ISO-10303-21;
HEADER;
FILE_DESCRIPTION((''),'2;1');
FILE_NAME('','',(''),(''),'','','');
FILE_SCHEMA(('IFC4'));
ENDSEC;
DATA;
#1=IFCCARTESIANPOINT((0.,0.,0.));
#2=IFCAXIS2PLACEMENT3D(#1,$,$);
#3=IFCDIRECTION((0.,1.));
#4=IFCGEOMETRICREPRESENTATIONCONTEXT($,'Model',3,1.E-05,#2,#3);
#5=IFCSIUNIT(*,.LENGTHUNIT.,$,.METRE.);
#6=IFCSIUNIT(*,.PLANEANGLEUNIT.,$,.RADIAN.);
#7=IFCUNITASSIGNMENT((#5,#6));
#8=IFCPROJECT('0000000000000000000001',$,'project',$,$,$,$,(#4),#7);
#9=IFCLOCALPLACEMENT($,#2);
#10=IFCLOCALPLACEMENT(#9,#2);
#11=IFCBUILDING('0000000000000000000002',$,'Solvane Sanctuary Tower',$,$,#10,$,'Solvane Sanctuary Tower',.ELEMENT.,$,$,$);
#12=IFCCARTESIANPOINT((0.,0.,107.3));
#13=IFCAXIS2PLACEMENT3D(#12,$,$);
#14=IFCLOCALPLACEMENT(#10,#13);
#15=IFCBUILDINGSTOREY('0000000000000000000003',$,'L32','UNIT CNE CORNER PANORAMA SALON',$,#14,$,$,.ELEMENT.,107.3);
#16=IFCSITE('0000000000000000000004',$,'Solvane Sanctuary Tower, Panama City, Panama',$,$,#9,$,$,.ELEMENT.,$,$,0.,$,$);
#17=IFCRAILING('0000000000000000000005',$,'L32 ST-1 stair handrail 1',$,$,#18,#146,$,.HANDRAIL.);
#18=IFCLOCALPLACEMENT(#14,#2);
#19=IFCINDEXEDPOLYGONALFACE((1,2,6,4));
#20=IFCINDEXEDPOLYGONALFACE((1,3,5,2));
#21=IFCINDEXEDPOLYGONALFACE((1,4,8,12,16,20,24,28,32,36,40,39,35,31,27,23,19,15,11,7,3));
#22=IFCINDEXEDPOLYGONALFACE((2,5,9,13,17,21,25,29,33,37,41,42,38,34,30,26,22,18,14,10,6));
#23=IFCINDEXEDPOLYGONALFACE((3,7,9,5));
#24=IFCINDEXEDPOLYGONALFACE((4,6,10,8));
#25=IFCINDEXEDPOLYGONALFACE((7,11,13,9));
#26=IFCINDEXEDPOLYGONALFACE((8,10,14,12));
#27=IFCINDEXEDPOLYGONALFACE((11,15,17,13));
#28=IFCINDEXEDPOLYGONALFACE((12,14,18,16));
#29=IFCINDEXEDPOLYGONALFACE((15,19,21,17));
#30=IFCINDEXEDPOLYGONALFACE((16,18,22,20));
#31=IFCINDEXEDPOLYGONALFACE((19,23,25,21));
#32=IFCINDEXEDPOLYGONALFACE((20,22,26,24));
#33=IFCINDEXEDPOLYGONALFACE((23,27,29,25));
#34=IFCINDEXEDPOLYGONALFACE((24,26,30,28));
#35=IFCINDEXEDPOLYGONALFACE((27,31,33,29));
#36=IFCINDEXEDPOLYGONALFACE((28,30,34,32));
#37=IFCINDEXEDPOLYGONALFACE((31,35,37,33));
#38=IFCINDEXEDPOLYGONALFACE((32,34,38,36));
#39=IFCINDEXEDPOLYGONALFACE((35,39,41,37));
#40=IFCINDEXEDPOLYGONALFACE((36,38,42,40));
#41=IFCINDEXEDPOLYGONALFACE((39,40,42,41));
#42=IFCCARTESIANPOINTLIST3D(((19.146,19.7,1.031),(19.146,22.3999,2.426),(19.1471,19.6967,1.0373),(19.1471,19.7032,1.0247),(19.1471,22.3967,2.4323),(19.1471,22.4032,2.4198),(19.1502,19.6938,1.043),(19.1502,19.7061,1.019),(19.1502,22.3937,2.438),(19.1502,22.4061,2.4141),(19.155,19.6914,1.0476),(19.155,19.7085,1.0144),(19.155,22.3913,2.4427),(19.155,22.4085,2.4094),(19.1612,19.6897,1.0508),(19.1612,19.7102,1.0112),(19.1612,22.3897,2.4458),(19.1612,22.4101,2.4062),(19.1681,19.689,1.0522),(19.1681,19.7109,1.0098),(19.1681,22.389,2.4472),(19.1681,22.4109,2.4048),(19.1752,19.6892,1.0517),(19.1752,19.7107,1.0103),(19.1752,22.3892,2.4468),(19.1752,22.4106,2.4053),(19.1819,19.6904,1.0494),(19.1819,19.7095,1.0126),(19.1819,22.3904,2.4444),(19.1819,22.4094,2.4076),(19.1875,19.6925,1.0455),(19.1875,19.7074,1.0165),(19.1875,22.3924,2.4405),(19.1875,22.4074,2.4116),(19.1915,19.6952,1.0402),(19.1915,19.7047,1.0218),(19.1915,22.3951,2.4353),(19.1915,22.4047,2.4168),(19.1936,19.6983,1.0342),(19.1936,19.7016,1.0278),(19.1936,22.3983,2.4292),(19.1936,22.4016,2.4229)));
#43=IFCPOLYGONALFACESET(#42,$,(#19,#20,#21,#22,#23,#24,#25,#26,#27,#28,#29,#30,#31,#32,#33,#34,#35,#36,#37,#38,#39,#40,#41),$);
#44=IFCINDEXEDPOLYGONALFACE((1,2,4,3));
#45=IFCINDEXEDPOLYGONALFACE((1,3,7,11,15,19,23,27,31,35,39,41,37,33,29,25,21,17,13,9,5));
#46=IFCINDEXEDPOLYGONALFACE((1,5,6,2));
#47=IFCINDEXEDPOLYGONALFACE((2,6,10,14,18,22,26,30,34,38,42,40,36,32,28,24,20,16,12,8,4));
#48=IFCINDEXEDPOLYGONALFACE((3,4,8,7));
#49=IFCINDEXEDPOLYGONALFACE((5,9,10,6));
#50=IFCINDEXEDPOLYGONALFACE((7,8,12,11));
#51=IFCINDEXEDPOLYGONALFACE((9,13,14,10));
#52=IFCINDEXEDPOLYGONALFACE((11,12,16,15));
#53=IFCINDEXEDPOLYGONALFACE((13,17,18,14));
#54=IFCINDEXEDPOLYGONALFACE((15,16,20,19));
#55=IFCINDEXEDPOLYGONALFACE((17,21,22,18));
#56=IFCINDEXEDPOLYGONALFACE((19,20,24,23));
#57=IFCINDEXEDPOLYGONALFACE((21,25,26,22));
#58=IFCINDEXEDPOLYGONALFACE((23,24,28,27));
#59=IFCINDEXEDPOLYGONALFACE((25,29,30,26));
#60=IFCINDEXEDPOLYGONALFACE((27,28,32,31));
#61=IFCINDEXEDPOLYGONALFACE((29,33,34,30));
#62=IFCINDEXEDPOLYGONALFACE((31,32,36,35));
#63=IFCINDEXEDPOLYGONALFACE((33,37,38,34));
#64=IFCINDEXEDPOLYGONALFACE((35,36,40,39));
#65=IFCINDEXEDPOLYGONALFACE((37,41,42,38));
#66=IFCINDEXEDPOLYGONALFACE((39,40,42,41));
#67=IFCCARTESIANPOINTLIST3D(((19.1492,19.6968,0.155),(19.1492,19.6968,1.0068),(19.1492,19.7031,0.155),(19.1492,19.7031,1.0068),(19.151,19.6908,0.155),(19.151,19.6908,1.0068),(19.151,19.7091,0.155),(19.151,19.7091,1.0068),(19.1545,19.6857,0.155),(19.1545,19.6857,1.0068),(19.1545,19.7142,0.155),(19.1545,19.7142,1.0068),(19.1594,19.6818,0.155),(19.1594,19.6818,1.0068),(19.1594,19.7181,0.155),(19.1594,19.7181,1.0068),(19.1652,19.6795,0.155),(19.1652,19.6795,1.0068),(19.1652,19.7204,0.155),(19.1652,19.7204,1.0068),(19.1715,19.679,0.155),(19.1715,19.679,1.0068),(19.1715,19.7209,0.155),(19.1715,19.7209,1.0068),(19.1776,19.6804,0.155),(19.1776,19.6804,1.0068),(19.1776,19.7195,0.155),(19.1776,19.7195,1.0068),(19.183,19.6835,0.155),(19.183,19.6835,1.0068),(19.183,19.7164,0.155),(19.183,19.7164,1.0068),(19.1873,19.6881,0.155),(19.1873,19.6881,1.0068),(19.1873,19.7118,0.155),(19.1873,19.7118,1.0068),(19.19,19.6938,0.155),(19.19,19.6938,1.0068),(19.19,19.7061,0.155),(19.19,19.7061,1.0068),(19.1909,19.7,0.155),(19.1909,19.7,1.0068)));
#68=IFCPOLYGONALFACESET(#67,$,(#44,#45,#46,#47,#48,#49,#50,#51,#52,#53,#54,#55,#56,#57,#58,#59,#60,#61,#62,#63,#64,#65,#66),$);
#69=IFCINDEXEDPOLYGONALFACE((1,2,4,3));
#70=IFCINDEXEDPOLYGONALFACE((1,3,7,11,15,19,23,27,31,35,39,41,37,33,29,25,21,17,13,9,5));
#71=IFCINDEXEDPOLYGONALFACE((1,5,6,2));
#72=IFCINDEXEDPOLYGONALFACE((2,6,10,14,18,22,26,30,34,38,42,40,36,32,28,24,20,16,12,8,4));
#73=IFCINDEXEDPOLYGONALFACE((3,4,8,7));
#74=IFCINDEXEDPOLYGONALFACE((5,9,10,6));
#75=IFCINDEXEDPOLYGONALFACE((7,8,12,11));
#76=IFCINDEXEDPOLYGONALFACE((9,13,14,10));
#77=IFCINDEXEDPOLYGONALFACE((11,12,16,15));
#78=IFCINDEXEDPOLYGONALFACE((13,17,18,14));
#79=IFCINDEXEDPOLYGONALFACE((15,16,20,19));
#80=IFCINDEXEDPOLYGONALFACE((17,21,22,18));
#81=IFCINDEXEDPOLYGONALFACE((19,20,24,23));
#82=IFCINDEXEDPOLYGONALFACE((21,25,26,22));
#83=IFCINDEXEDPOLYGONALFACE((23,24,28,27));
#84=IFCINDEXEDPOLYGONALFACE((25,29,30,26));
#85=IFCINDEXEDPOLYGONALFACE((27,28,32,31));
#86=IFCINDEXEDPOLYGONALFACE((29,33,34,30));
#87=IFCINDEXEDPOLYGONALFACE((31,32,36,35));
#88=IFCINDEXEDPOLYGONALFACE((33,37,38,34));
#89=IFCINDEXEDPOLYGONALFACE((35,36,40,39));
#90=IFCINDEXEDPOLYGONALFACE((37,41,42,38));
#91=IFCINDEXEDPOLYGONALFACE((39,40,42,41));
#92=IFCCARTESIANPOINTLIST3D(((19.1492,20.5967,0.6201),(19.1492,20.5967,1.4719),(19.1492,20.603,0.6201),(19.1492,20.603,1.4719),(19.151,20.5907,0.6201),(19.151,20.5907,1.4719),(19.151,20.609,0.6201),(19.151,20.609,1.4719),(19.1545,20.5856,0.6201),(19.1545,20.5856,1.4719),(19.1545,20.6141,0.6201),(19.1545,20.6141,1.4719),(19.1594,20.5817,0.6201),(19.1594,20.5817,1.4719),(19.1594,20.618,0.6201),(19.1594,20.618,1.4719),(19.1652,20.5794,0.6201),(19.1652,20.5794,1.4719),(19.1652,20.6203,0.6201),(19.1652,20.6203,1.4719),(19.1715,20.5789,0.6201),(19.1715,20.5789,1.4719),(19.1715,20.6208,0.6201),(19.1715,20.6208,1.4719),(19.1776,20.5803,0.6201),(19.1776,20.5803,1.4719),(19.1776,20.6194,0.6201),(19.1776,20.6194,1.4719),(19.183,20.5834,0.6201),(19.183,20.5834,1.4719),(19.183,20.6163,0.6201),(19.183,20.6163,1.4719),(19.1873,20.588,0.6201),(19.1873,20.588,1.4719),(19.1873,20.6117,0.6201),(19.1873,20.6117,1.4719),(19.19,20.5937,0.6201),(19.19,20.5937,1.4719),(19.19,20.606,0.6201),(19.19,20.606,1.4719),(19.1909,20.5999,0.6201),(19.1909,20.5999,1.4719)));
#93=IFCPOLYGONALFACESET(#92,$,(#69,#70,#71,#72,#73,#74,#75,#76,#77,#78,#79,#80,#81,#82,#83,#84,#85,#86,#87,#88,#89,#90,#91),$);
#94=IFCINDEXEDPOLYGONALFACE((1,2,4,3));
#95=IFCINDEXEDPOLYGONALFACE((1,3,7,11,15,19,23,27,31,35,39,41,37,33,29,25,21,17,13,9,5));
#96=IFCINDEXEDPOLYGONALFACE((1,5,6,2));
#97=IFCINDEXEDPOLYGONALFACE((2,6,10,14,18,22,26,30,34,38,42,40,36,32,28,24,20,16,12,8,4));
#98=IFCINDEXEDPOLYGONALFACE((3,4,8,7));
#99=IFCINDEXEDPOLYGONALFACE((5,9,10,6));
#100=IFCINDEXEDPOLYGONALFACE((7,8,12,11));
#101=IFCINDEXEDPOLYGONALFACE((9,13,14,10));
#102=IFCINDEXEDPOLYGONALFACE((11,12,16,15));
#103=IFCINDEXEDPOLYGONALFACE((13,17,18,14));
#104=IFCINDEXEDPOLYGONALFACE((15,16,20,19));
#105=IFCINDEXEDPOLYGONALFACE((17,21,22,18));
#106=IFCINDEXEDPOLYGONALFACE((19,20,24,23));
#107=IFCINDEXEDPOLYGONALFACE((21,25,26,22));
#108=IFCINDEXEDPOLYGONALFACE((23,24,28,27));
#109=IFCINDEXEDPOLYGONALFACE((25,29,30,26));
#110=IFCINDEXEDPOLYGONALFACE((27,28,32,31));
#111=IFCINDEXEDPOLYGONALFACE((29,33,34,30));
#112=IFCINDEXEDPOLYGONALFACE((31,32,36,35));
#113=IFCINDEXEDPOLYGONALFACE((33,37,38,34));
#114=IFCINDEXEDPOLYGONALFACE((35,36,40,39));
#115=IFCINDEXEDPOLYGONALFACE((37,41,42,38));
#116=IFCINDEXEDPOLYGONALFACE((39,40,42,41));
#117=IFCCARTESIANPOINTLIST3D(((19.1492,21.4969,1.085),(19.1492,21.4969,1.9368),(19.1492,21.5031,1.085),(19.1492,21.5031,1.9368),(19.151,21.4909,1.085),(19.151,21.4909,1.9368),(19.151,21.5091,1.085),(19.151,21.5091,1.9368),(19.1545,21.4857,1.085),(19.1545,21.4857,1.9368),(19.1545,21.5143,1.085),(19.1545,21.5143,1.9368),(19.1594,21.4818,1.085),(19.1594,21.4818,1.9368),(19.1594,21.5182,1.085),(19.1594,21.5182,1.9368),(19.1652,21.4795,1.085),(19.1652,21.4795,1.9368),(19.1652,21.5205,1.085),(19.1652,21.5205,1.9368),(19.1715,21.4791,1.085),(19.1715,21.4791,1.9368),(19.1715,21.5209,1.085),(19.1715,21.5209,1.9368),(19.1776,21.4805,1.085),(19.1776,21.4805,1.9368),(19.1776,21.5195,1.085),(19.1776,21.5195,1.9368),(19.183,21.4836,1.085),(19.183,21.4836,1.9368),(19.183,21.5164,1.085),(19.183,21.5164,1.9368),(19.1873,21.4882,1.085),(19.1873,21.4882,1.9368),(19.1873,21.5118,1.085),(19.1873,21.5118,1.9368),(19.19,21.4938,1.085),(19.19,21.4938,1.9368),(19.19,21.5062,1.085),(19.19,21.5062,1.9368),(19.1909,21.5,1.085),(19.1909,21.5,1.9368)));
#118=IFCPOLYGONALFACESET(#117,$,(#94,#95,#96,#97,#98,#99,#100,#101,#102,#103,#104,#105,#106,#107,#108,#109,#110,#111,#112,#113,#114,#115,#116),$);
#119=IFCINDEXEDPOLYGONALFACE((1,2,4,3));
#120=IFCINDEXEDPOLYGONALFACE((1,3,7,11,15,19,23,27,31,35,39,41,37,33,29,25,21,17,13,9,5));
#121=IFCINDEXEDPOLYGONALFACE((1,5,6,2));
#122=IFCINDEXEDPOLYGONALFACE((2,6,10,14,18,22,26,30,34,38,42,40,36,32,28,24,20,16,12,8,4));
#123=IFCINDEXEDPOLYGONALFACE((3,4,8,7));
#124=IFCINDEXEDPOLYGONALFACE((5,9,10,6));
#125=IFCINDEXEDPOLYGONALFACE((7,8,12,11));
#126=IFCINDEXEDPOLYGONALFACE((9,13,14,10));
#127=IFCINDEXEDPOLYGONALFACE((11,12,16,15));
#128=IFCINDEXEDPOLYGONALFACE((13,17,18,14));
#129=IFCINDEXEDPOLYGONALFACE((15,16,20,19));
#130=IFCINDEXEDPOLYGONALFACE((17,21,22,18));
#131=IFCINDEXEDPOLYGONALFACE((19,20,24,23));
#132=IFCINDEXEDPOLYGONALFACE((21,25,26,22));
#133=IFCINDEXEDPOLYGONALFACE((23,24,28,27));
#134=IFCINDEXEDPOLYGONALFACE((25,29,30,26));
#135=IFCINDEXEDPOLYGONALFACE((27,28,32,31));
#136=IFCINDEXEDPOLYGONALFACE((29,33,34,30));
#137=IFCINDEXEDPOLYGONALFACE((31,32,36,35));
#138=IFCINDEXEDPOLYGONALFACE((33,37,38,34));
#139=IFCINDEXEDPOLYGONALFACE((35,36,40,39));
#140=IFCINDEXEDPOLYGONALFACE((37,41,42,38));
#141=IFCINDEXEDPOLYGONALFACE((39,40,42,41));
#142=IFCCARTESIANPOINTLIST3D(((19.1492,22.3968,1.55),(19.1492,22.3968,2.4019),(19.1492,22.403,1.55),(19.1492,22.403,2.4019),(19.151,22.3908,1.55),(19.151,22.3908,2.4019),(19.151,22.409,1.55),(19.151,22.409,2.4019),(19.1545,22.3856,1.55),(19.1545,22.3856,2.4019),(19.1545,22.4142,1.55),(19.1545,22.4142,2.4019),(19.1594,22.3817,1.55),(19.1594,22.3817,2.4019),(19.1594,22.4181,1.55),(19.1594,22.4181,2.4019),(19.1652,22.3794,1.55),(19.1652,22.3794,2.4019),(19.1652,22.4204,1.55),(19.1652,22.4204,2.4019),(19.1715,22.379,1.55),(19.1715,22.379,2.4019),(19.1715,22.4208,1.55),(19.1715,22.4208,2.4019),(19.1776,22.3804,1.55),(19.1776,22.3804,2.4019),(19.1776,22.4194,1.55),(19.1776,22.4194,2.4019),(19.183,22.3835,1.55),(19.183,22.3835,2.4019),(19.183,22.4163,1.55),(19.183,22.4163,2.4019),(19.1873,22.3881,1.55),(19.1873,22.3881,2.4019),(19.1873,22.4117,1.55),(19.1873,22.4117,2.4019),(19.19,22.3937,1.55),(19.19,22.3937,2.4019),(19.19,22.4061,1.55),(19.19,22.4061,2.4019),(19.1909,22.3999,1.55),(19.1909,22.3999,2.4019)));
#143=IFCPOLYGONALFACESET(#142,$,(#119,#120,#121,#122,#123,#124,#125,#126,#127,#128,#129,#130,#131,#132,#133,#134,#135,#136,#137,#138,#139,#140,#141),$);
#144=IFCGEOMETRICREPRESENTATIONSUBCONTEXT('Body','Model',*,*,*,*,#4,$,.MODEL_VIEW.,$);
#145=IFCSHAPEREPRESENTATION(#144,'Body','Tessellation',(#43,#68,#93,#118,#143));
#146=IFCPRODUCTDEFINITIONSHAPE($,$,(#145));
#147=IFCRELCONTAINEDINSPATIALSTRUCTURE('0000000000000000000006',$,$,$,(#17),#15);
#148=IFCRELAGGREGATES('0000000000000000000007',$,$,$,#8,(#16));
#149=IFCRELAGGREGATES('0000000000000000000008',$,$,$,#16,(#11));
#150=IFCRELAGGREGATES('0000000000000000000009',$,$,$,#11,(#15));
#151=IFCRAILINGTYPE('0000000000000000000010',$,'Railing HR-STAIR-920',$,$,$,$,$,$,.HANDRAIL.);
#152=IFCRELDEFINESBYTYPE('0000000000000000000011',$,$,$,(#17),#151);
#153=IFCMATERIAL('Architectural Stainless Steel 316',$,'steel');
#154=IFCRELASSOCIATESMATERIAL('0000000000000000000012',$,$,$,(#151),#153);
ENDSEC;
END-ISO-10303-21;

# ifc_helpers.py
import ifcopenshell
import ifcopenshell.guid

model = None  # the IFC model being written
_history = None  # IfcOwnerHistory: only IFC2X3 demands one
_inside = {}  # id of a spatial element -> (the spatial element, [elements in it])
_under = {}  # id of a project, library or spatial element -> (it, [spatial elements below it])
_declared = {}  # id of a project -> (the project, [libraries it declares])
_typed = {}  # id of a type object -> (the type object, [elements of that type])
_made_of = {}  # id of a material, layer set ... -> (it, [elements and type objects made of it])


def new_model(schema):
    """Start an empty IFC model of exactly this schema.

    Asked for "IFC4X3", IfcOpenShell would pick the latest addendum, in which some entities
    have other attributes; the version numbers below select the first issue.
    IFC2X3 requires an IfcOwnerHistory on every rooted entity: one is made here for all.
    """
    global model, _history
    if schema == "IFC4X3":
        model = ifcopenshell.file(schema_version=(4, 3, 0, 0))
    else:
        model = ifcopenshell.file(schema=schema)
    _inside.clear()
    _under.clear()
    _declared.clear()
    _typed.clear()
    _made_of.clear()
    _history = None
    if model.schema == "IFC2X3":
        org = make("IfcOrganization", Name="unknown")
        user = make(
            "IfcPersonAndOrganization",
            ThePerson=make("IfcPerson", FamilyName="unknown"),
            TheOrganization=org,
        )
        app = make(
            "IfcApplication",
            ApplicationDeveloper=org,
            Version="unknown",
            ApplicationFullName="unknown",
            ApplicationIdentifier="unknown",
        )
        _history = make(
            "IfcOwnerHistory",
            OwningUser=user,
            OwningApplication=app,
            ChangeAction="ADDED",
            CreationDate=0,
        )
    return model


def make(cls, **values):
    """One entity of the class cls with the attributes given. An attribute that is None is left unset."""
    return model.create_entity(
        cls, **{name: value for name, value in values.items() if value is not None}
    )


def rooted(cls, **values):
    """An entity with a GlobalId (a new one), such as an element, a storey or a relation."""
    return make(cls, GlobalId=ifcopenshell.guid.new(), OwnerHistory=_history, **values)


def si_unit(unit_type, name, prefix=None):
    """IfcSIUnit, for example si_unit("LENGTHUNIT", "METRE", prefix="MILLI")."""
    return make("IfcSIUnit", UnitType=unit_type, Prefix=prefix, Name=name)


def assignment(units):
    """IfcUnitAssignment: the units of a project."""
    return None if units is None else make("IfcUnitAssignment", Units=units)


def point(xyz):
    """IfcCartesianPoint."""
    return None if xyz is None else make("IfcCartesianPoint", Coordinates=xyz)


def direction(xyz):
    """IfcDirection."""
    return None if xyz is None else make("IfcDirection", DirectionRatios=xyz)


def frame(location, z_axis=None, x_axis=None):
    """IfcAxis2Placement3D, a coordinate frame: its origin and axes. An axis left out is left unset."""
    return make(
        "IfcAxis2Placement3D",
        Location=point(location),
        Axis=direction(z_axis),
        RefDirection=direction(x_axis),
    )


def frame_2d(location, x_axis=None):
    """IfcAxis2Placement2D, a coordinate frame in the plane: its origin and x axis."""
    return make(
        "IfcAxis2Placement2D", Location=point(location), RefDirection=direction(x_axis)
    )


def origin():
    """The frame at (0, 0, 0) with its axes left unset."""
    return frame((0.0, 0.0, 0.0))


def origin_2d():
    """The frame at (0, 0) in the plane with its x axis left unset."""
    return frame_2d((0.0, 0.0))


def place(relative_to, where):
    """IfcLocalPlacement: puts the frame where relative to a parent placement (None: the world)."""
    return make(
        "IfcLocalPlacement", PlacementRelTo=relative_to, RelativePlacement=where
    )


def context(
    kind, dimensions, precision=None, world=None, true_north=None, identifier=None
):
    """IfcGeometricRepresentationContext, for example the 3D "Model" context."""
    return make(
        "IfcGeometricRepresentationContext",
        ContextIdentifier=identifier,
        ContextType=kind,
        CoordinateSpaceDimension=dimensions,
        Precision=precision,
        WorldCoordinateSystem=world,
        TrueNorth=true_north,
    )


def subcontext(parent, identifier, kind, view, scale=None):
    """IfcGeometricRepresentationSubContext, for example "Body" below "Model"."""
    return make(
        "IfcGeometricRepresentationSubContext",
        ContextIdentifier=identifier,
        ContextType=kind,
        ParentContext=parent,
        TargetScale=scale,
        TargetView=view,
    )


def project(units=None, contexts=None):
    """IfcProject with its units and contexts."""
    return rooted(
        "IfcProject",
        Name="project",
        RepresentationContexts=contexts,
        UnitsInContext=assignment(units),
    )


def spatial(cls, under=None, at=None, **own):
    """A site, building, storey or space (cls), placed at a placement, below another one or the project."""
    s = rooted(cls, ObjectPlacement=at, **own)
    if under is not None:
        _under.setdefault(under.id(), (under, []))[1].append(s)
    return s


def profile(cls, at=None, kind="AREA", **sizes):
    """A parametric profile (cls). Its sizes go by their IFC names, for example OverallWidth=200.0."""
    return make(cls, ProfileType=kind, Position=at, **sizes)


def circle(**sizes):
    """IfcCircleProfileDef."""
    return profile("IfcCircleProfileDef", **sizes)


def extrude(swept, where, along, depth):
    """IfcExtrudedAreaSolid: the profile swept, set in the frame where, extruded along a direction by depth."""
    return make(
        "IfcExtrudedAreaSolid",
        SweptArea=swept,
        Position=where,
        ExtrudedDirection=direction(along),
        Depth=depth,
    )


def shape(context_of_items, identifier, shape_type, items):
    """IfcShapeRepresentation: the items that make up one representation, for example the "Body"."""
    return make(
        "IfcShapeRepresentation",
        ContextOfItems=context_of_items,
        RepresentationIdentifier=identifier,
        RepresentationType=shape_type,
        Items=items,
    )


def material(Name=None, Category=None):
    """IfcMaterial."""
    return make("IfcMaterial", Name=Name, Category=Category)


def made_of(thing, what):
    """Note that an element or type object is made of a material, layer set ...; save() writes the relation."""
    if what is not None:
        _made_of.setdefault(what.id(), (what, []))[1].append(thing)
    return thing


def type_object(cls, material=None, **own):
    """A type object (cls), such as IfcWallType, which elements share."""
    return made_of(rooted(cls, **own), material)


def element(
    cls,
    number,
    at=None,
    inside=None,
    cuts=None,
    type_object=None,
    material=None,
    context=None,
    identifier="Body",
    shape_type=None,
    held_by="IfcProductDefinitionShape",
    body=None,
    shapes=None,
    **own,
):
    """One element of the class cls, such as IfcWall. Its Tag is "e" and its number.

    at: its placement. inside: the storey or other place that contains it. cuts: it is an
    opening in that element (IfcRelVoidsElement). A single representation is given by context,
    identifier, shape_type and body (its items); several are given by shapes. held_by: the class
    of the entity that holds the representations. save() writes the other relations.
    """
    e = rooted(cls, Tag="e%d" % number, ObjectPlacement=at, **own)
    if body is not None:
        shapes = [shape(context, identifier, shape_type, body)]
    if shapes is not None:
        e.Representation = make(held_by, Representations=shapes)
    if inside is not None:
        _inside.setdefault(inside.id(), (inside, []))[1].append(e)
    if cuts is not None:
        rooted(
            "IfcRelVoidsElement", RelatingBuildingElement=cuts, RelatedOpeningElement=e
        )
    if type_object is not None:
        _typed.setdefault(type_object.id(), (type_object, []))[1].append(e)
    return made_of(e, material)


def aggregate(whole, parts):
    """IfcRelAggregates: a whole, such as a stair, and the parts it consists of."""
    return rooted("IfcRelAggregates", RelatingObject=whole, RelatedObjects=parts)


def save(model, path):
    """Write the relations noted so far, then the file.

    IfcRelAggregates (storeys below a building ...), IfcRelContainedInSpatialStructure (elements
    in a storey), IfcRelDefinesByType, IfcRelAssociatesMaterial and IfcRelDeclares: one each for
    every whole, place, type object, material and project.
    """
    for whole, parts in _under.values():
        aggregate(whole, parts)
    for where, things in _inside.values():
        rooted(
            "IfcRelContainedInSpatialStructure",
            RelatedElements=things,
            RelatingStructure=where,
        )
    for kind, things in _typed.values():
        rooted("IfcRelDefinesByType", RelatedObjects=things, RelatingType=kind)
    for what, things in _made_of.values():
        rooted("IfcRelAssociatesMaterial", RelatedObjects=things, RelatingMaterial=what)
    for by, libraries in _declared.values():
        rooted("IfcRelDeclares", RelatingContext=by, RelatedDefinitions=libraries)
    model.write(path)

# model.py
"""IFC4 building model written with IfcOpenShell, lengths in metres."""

from ifc_helpers import new_model, si_unit, direction, frame, origin, origin_2d, place, context, subcontext, project, spatial, circle, extrude, material, type_object, element, save


model = new_model("IFC4")

# Units and contexts
model_context = context("Model", 3, precision=1e-05, world=origin(), true_north=direction((0.0, 1.0)))
body_context = subcontext(model_context, "Body", "Model", "MODEL_VIEW")
ifc_project = project(units=[si_unit("LENGTHUNIT", "METRE"), si_unit("PLANEANGLEUNIT", "RADIAN")], contexts=[model_context])

# Site, building, storey
site_placement = place(None, origin())
site = spatial("IfcSite", under=ifc_project, at=site_placement, Name="Solvane Sanctuary Tower, Panama City, Panama", CompositionType="ELEMENT", RefElevation=0.0)
building_placement = place(site_placement, origin())
building = spatial("IfcBuilding", under=site, at=building_placement, Name="Solvane Sanctuary Tower", LongName="Solvane Sanctuary Tower", CompositionType="ELEMENT")
storey_placement = place(building_placement, frame((0.0, 0.0, 107.3)))
storey = spatial("IfcBuildingStorey", under=building, at=storey_placement, Name="L32", Description="UNIT CNE CORNER PANORAMA SALON", CompositionType="ELEMENT", Elevation=107.3)

# Shared definitions
ifc_material_1 = material(Name="Architectural Stainless Steel 316", Category="steel")

# Railing
railing_type = type_object("IfcRailingType", Name="Railing HR-STAIR-920", PredefinedType="HANDRAIL", material=ifc_material_1)
railing_placement = place(storey_placement, frame((19.1699, 19.7, 0.155)))
element("IfcRailing", 1, at=railing_placement, inside=storey, type_object=railing_type, Name="L32 ST-1 stair handrail 1", PredefinedType="HANDRAIL", context=body_context, shape_type="SweptSolid", body=[
    extrude(circle(Radius=0.0239, at=origin_2d()), frame((0.0, 0.0, 0.876), z_axis=(0.0, 0.88842, 0.459032), x_axis=(-1.0, 0.0, 0.0)), (0.0, 0.0, 1.0), 3.0391),
    extrude(circle(Radius=0.021, at=origin_2d()), origin(), (0.0, 0.0, 1.0), 0.8518),
    extrude(circle(Radius=0.021, at=origin_2d()), frame((0.0, 0.8999, 0.4651)), (0.0, 0.0, 1.0), 0.8518),
    extrude(circle(Radius=0.021, at=origin_2d()), frame((0.0, 1.8, 0.9299)), (0.0, 0.0, 1.0), 0.8518),
    extrude(circle(Radius=0.021, at=origin_2d()), frame((0.0, 2.7, 1.395)), (0.0, 0.0, 1.0), 0.8518),
])

save(model, "model.ifc")
